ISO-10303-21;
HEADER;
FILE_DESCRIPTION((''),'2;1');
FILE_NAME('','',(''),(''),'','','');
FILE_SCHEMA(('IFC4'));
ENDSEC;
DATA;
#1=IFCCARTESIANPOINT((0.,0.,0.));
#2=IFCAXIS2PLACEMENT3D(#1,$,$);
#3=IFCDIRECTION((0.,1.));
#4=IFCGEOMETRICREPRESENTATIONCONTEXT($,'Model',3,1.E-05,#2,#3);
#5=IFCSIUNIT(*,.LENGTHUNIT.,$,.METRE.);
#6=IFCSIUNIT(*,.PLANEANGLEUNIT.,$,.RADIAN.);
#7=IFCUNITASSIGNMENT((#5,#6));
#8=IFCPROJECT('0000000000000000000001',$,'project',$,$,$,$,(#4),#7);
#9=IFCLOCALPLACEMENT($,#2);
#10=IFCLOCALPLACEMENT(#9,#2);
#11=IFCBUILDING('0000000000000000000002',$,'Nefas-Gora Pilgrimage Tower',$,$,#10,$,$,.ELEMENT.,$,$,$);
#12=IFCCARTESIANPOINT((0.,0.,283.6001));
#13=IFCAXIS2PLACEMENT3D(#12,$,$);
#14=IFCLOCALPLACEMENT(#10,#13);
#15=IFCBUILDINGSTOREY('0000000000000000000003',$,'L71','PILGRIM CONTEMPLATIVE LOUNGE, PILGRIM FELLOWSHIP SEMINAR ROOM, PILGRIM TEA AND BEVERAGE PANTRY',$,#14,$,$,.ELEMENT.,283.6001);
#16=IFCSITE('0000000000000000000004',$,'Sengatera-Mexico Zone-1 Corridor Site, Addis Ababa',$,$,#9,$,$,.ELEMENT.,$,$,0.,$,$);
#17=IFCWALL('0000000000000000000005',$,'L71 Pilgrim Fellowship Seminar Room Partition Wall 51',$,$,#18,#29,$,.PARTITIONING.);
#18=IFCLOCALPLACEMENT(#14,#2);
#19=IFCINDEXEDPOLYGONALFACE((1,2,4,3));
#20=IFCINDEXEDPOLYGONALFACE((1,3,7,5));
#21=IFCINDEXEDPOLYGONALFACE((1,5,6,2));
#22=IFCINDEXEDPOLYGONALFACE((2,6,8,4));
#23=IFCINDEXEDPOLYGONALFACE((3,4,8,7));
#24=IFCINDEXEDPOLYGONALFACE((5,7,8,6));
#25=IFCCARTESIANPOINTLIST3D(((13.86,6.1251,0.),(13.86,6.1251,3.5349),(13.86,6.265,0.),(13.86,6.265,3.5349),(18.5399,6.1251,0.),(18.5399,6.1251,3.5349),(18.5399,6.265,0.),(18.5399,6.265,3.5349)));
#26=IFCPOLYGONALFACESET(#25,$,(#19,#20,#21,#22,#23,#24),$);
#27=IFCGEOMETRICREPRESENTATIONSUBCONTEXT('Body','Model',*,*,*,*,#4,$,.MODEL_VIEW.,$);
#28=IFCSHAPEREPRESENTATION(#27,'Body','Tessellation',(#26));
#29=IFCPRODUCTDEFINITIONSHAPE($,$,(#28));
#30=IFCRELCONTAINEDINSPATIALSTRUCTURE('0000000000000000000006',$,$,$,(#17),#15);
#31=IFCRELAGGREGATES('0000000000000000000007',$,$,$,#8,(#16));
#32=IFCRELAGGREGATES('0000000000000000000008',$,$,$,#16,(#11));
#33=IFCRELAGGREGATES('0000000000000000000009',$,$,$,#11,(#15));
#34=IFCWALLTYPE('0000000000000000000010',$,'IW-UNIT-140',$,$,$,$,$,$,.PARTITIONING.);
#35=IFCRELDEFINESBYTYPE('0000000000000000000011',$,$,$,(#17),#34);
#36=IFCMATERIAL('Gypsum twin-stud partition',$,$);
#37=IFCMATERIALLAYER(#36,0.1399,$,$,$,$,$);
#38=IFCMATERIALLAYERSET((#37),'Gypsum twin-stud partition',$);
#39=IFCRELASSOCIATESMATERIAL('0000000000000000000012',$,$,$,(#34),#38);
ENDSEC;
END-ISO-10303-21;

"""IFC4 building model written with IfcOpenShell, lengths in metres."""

from ifc_helpers import new_model, si_unit, direction, frame, frame_2d, origin, place, context, subcontext, project, spatial, rectangle, extrude, source, transform, mapped, material, layer, layer_set, type_object, element, save


model = new_model("IFC4")

# Units and contexts
model_context = context("Model", 3, precision=1e-05, world=origin(), true_north=direction((0.0, 1.0)))
body_context = subcontext(model_context, "Body", "Model", "MODEL_VIEW")
ifc_project = project(units=[si_unit("LENGTHUNIT", "METRE"), si_unit("PLANEANGLEUNIT", "RADIAN")], contexts=[model_context])

# Site, building, storey
site_placement = place(None, origin())
site = spatial("IfcSite", under=ifc_project, at=site_placement, Name="Sengatera-Mexico Zone-1 Corridor Site, Addis Ababa", CompositionType="ELEMENT", RefElevation=0.0)
building_placement = place(site_placement, origin())
building = spatial("IfcBuilding", under=site, at=building_placement, Name="Nefas-Gora Pilgrimage Tower", CompositionType="ELEMENT")
storey_placement = place(building_placement, frame((0.0, 0.0, 283.6001)))
storey = spatial("IfcBuildingStorey", under=building, at=storey_placement, Name="L71", Description="PILGRIM CONTEMPLATIVE LOUNGE, PILGRIM FELLOWSHIP SEMINAR ROOM, PILGRIM TEA AND BEVERAGE PANTRY", CompositionType="ELEMENT", Elevation=283.6001)

# Wall
ifc_material_1 = material(Name="Gypsum twin-stud partition")
ifc_layer_1 = layer(ifc_material_1, 0.1399)
ifc_layer_set_1 = layer_set([ifc_layer_1], Name="Gypsum twin-stud partition")
wall_type_1 = type_object("IfcWallType", Name="IW-UNIT-140", PredefinedType="PARTITIONING", material=ifc_layer_set_1)
shared_shape_1 = source(origin(), body_context, "Body", "SweptSolid", [
    extrude(rectangle(XDim=4.6799, YDim=0.1399, at=frame_2d((2.3398, 0.0))), origin(), (0.0, 0.0, 1.0), 3.5349),
])
wall_1_placement = place(storey_placement, frame((13.8601, 6.1951, 0.0), z_axis=(0.0, 0.0, 1.0), x_axis=(1.0, 0.0, 0.0)))
element("IfcWall", 1, at=wall_1_placement, inside=storey, type_object=wall_type_1, Name="L71 Pilgrim Fellowship Seminar Room Partition Wall 51", PredefinedType="PARTITIONING", context=body_context, shape_type="MappedRepresentation", body=[
    mapped(shared_shape_1, transform((0.0, 0.0, 0.0), x_axis=(1.0, 0.0, 0.0), y_axis=(0.0, 1.0, 0.0), z_axis=(0.0, 0.0, 1.0), scale=1.0)),
])

save(model, "model.ifc")
